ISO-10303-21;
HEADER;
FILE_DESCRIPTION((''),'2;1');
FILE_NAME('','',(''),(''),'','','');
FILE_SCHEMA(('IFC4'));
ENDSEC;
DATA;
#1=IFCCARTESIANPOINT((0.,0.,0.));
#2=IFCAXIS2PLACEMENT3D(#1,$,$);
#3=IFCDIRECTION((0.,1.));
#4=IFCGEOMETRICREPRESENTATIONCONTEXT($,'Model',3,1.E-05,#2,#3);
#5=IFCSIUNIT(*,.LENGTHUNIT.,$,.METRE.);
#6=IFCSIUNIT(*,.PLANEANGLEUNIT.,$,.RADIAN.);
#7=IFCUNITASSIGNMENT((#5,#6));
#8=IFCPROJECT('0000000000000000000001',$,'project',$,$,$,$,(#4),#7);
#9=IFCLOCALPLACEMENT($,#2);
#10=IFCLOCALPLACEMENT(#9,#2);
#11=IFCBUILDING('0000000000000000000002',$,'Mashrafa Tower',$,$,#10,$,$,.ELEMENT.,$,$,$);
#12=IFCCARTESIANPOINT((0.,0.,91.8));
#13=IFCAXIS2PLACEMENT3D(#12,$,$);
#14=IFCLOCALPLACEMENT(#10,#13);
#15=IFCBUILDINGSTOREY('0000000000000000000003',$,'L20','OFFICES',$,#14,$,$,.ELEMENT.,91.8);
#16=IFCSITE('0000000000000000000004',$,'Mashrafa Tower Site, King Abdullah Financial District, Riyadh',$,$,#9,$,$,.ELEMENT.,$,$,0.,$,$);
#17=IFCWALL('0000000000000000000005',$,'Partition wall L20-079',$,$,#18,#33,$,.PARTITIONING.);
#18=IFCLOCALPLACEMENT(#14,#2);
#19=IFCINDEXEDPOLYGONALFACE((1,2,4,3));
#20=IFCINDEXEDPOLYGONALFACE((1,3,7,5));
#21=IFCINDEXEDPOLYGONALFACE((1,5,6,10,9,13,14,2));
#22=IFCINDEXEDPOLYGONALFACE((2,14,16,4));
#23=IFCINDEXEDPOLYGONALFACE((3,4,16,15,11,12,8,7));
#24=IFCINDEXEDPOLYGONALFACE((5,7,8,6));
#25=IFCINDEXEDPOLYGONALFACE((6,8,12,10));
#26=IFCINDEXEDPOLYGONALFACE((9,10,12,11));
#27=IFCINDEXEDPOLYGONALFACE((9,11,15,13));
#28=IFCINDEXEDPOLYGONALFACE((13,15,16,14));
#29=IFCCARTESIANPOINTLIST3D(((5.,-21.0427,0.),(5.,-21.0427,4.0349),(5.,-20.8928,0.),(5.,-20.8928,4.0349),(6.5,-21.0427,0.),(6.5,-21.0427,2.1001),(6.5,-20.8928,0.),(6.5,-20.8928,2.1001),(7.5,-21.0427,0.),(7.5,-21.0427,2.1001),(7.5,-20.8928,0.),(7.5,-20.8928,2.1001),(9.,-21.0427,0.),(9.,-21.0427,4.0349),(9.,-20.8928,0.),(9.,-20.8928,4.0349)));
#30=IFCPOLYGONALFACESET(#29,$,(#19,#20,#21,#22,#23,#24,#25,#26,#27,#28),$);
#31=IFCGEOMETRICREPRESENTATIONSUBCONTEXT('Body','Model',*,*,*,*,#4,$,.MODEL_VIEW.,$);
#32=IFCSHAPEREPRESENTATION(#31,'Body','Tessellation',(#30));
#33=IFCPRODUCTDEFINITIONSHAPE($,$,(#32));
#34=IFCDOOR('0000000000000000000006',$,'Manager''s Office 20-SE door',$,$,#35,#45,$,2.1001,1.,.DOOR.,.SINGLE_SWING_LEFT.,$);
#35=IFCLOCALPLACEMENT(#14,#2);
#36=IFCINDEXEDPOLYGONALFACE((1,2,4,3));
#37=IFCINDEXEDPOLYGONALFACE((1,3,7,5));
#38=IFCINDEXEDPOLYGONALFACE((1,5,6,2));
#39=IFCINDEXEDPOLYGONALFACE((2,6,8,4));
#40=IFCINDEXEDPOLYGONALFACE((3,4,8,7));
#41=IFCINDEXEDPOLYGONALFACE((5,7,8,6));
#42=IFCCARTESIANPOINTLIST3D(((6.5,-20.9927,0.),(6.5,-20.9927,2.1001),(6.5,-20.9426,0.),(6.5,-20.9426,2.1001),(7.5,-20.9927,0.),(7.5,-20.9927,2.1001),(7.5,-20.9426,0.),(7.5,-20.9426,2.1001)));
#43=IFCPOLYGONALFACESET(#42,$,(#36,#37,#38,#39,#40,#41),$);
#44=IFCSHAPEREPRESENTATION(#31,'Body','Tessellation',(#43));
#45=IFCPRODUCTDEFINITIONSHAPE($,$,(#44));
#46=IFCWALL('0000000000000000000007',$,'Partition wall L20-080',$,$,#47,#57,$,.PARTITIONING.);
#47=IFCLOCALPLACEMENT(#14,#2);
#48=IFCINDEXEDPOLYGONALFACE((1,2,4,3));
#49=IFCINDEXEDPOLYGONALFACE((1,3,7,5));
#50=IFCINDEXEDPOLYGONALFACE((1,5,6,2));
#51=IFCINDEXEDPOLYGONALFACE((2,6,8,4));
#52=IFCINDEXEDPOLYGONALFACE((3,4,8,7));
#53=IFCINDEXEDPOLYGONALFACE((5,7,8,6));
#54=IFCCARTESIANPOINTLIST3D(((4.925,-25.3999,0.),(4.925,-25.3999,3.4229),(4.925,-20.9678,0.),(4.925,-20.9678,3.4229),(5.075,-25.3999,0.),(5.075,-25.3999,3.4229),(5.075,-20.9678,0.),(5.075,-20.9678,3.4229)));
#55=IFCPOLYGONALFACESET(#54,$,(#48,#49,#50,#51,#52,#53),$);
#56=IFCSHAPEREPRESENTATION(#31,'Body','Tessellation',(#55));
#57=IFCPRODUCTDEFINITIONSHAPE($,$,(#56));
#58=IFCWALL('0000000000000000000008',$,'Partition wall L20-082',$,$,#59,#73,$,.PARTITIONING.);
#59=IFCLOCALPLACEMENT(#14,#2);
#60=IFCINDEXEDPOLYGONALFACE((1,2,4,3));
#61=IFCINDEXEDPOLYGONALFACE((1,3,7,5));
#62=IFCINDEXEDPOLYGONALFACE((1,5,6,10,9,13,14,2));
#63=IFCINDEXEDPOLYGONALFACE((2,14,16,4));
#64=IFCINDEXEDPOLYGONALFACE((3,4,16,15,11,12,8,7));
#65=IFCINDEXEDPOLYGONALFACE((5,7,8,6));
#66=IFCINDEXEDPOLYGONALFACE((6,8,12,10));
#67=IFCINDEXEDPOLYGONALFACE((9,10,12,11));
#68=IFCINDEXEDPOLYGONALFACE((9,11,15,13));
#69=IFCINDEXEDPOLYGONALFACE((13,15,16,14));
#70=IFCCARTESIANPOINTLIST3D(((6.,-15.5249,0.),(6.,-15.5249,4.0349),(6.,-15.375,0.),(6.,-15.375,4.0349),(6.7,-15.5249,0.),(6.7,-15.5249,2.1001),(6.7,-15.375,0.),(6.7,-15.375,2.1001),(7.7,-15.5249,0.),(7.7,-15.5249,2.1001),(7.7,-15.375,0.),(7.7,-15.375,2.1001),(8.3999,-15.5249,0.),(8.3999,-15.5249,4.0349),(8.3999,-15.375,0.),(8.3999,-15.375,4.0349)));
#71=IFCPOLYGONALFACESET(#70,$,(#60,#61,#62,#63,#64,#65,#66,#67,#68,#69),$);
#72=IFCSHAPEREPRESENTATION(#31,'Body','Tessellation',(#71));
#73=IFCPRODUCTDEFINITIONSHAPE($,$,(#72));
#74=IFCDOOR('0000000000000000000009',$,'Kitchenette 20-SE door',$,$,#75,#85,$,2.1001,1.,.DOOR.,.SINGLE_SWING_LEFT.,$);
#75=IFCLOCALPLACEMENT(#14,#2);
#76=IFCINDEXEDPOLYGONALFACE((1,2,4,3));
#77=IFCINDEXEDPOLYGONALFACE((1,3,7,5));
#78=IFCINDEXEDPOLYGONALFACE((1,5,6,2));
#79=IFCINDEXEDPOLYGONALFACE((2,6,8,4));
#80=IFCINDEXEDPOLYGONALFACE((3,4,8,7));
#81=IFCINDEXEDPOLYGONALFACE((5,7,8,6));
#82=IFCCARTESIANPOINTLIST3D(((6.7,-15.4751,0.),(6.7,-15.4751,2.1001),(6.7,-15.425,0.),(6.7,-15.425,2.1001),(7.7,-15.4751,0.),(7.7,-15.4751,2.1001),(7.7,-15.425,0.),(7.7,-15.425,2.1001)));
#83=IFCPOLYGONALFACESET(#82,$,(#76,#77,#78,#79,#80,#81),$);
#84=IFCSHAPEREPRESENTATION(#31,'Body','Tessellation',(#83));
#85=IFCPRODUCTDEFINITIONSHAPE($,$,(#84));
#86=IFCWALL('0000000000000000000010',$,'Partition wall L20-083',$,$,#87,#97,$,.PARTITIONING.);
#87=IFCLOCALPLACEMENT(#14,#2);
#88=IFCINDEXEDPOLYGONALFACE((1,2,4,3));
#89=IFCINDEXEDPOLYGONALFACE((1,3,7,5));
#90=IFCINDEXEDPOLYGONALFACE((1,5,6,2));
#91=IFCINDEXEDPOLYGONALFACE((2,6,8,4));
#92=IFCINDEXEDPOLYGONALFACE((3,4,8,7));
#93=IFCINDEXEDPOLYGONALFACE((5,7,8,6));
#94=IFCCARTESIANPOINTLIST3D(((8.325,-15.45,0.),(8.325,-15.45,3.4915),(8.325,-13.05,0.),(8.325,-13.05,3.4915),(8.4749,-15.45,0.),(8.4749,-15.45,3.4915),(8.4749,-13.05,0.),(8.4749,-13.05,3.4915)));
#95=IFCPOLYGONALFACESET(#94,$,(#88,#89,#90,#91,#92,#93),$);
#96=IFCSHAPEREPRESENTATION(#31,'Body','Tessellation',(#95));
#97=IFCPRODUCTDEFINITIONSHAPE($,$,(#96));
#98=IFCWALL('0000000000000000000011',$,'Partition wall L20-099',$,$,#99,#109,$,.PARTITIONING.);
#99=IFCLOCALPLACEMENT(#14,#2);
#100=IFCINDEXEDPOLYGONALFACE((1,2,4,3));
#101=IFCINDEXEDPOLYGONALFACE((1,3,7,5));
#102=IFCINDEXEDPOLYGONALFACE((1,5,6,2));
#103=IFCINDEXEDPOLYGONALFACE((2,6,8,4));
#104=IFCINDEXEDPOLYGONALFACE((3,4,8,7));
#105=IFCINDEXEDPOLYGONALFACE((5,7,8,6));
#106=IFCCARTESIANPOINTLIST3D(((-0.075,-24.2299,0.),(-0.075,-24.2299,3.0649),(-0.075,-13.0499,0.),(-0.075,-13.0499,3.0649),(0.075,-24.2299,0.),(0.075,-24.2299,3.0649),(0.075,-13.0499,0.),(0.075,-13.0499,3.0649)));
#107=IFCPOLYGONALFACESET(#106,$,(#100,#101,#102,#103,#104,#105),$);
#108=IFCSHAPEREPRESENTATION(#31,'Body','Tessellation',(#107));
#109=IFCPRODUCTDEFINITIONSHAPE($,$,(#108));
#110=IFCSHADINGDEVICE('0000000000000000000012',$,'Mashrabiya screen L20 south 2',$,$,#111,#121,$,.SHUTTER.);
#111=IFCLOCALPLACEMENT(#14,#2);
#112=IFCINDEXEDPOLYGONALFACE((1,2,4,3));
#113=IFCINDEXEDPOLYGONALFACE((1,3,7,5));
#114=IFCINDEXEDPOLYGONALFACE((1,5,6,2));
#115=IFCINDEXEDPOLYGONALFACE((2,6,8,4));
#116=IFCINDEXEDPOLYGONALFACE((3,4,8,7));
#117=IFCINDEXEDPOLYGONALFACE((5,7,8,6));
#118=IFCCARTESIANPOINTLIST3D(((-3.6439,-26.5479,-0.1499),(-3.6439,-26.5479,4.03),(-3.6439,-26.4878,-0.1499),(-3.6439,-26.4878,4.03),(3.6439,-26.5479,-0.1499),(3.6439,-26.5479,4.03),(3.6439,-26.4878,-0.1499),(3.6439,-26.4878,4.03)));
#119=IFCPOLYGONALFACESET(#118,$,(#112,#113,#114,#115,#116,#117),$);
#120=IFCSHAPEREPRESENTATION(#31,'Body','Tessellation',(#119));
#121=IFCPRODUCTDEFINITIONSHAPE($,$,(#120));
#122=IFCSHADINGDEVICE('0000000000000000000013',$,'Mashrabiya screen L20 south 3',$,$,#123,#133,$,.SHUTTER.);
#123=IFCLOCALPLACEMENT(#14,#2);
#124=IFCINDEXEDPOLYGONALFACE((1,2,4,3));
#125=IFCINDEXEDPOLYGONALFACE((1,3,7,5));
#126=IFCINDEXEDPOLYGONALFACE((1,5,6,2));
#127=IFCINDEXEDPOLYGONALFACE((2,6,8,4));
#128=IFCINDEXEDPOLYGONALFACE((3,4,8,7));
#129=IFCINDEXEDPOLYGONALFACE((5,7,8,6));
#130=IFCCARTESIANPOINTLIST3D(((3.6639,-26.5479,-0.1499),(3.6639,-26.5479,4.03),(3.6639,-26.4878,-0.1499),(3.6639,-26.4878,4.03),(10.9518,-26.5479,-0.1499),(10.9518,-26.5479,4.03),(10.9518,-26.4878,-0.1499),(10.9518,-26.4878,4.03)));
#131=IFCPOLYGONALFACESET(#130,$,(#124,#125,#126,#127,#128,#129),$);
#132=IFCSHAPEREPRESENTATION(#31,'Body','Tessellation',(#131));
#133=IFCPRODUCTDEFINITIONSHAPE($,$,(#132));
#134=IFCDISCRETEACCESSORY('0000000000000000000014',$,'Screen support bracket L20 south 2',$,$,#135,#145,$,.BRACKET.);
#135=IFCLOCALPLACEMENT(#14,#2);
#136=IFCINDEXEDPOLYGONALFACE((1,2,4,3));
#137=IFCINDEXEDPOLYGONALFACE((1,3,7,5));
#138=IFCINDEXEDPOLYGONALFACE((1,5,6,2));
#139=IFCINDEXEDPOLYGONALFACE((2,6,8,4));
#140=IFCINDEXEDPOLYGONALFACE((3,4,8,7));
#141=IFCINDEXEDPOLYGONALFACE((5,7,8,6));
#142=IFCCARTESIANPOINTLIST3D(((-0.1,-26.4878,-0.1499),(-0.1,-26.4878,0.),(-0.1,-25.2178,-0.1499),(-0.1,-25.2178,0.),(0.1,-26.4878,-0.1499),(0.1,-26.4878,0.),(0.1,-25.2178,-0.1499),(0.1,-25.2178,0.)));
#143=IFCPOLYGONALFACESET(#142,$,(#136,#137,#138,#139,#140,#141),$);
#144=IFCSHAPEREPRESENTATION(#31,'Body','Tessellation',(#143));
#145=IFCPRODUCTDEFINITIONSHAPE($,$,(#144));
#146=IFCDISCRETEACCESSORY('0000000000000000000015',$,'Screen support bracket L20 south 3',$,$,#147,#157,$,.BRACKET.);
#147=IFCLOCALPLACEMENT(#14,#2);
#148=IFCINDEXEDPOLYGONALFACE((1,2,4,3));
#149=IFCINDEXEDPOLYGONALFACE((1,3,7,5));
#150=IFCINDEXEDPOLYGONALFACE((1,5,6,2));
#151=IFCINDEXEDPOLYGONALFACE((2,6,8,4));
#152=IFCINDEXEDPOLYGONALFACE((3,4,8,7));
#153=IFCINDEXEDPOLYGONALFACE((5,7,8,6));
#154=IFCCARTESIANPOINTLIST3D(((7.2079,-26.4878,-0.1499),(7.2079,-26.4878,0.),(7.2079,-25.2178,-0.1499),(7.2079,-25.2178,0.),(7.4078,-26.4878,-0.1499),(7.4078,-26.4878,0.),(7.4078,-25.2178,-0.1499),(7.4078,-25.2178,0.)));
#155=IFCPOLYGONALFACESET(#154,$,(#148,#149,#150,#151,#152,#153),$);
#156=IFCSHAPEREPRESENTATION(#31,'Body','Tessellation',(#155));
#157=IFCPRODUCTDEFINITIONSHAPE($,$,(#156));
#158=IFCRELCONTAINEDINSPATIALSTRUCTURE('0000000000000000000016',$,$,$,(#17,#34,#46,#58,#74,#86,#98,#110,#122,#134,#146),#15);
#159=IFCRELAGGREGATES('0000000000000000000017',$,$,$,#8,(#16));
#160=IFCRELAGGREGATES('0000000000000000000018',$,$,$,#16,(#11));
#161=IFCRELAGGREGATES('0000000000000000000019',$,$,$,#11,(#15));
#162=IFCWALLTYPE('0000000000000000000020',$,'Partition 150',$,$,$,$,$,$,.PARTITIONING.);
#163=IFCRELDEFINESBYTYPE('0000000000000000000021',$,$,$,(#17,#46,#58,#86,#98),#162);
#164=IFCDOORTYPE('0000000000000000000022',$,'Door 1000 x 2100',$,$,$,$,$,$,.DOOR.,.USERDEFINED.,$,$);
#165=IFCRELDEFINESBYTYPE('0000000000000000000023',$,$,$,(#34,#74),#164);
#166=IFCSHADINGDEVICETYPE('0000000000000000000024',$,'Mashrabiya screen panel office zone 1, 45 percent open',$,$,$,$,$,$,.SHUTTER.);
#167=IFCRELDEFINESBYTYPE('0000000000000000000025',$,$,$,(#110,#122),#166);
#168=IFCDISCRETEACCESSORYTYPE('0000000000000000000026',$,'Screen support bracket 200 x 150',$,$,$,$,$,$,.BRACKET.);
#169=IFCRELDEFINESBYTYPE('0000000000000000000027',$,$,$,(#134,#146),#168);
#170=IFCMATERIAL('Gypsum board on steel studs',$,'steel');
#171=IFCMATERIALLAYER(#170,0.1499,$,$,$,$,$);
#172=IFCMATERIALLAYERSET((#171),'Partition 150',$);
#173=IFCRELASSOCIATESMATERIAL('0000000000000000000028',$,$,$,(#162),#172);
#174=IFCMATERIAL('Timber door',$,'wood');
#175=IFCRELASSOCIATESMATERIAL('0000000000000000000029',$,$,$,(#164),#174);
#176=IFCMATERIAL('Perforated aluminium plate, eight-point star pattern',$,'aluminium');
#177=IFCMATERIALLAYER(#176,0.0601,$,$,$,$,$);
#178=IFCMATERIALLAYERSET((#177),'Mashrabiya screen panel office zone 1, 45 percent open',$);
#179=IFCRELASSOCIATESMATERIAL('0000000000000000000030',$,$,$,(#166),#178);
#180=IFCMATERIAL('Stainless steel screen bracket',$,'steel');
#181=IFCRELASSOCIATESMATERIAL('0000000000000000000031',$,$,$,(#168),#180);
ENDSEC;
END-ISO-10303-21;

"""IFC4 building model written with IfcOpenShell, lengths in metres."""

from ifc_helpers import new_model, si_unit, direction, frame, frame_2d, origin, origin_2d, place, context, subcontext, project, spatial, rectangle, extrude, source, transform, mapped, material, layer, layer_set, type_object, type_shapes, element, fill, save


model = new_model("IFC4")

# Units and contexts
model_context = context("Model", 3, precision=1e-05, world=origin(), true_north=direction((0.0, 1.0)))
body_context = subcontext(model_context, "Body", "Model", "MODEL_VIEW")
ifc_project = project(units=[si_unit("LENGTHUNIT", "METRE"), si_unit("PLANEANGLEUNIT", "RADIAN")], contexts=[model_context])

# Site, building, storey
site_placement = place(None, origin())
site = spatial("IfcSite", under=ifc_project, at=site_placement, Name="Mashrafa Tower Site, King Abdullah Financial District, Riyadh", CompositionType="ELEMENT", RefElevation=0.0)
building_placement = place(site_placement, origin())
building = spatial("IfcBuilding", under=site, at=building_placement, Name="Mashrafa Tower", CompositionType="ELEMENT")
storey_placement = place(building_placement, frame((0.0, 0.0, 91.8)))
storey = spatial("IfcBuildingStorey", under=building, at=storey_placement, Name="L20", Description="OFFICES", CompositionType="ELEMENT", Elevation=91.8)

# Shared definitions
ifc_material_1 = material(Name="Gypsum board on steel studs", Category="steel")
ifc_layer_1 = layer(ifc_material_1, 0.1499)
ifc_layer_set_1 = layer_set([ifc_layer_1], Name="Partition 150")
wall_type_1 = type_object("IfcWallType", Name="Partition 150", PredefinedType="PARTITIONING", material=ifc_layer_set_1)

# Wall, opening, door
wall_1_placement = place(storey_placement, frame((9.0, -20.9678, 0.0), z_axis=(0.0, 0.0, 1.0), x_axis=(-1.0, 0.0, 0.0)))
wall_1 = element("IfcWall", 1, at=wall_1_placement, inside=storey, type_object=wall_type_1, Name="Partition wall L20-079", PredefinedType="PARTITIONING", context=body_context, shape_type="SweptSolid", body=[
    extrude(rectangle(XDim=4.0, YDim=0.1499, at=frame_2d((2.0, 0.0))), origin(), (0.0, 0.0, 1.0), 4.0349),
])
opening_1_placement = place(wall_1_placement, frame((1.5, 0.0, 0.0)))
opening_1 = element("IfcOpeningElement", 2, at=opening_1_placement, cuts=wall_1, PredefinedType="OPENING", context=body_context, shape_type="SweptSolid", body=[
    extrude(rectangle(XDim=1.0, YDim=2.1001, at=frame_2d((0.5, 1.05))), frame((0.0, 0.085, 0.0), z_axis=(0.0, -1.0, 0.0), x_axis=(1.0, 0.0, 0.0)), (0.0, 0.0, 1.0), 0.1699),
])
ifc_material_2 = material(Name="Timber door", Category="wood")
door_type = type_object("IfcDoorType", Name="Door 1000 x 2100", OperationType="USERDEFINED", PredefinedType="DOOR", material=ifc_material_2)
door_1_placement = place(opening_1_placement, origin())
door_1 = element("IfcDoor", 3, at=door_1_placement, inside=storey, type_object=door_type, Name="Manager's Office 20-SE door", OperationType="SINGLE_SWING_LEFT", OverallHeight=2.1001, OverallWidth=1.0, PredefinedType="DOOR", context=body_context, shape_type="SweptSolid", body=[
    extrude(rectangle(XDim=1.0, YDim=2.1001, at=frame_2d((0.5, 1.05))), frame((0.0, 0.0249, 0.0), z_axis=(0.0, -1.0, 0.0), x_axis=(1.0, 0.0, 0.0)), (0.0, 0.0, 1.0), 0.05),
])
fill(opening_1, door_1)

# Wall
wall_2_placement = place(storey_placement, frame((5.0, -20.9678, 0.0), z_axis=(0.0, 0.0, 1.0), x_axis=(0.0, -1.0, 0.0)))
element("IfcWall", 4, at=wall_2_placement, inside=storey, type_object=wall_type_1, Name="Partition wall L20-080", PredefinedType="PARTITIONING", context=body_context, shape_type="SweptSolid", body=[
    extrude(rectangle(XDim=4.4321, YDim=0.1499, at=frame_2d((2.2161, 0.0))), origin(), (0.0, 0.0, 1.0), 3.4229),
])

# Wall, opening, door
wall_3_placement = place(storey_placement, frame((6.0, -15.45, 0.0), z_axis=(0.0, 0.0, 1.0), x_axis=(1.0, 0.0, 0.0)))
wall_3 = element("IfcWall", 5, at=wall_3_placement, inside=storey, type_object=wall_type_1, Name="Partition wall L20-082", PredefinedType="PARTITIONING", context=body_context, shape_type="SweptSolid", body=[
    extrude(rectangle(XDim=2.3999, YDim=0.1499, at=frame_2d((1.2, 0.0))), origin(), (0.0, 0.0, 1.0), 4.0349),
])
opening_2_placement = place(wall_3_placement, frame((0.7, 0.0, 0.0)))
opening_2 = element("IfcOpeningElement", 6, at=opening_2_placement, cuts=wall_3, PredefinedType="OPENING", context=body_context, shape_type="SweptSolid", body=[
    extrude(rectangle(XDim=1.0, YDim=2.1001, at=frame_2d((0.5, 1.05))), frame((0.0, 0.085, 0.0), z_axis=(0.0, -1.0, 0.0), x_axis=(1.0, 0.0, 0.0)), (0.0, 0.0, 1.0), 0.1699),
])
door_2_placement = place(opening_2_placement, origin())
door_2 = element("IfcDoor", 7, at=door_2_placement, inside=storey, type_object=door_type, Name="Kitchenette 20-SE door", OperationType="SINGLE_SWING_LEFT", OverallHeight=2.1001, OverallWidth=1.0, PredefinedType="DOOR", context=body_context, shape_type="SweptSolid", body=[
    extrude(rectangle(XDim=1.0, YDim=2.1001, at=frame_2d((0.5, 1.05))), frame((0.0, 0.0249, 0.0), z_axis=(0.0, -1.0, 0.0), x_axis=(1.0, 0.0, 0.0)), (0.0, 0.0, 1.0), 0.05),
])
fill(opening_2, door_2)

# Walls
wall_4_placement = place(storey_placement, frame((8.3999, -15.45, 0.0), z_axis=(0.0, 0.0, 1.0), x_axis=(0.0, 1.0, 0.0)))
element("IfcWall", 8, at=wall_4_placement, inside=storey, type_object=wall_type_1, Name="Partition wall L20-083", PredefinedType="PARTITIONING", context=body_context, shape_type="SweptSolid", body=[
    extrude(rectangle(XDim=2.3999, YDim=0.1499, at=frame_2d((1.2, 0.0))), origin(), (0.0, 0.0, 1.0), 3.4915),
])
wall_5_placement = place(storey_placement, frame((0.0, -13.05, 0.0), z_axis=(0.0, 0.0, 1.0), x_axis=(0.0, -1.0, 0.0)))
element("IfcWall", 9, at=wall_5_placement, inside=storey, type_object=wall_type_1, Name="Partition wall L20-099", PredefinedType="PARTITIONING", context=body_context, shape_type="SweptSolid", body=[
    extrude(rectangle(XDim=11.1799, YDim=0.1499, at=frame_2d((5.5898, 0.0))), origin(), (0.0, 0.0, 1.0), 3.0649),
])

# Shading devices
ifc_material_3 = material(Name="Perforated aluminium plate, eight-point star pattern", Category="aluminium")
ifc_layer_2 = layer(ifc_material_3, 0.0601)
ifc_layer_set_2 = layer_set([ifc_layer_2], Name="Mashrabiya screen panel office zone 1, 45 percent open")
shading_device_type = type_object("IfcShadingDeviceType", Name="Mashrabiya screen panel office zone 1, 45 percent open", PredefinedType="SHUTTER", material=ifc_layer_set_2)
shared_shape_1 = source(origin(), body_context, "Body", "SweptSolid", [
    extrude(rectangle(XDim=7.2878, YDim=0.0601, at=origin_2d()), origin(), (0.0, 0.0, 1.0), 4.1799),
])
type_shapes(shading_device_type, [shared_shape_1])
for number, where, z_axis, x_axis, name in (
    (10, (0.0, -26.5178, -0.1499), (0.0, 0.0, 1.0), (1.0, 0.0, 0.0), "Mashrabiya screen L20 south 2"),
    (11, (7.3079, -26.5178, -0.1499), (0.0, 0.0, 1.0), (1.0, 0.0, 0.0), "Mashrabiya screen L20 south 3"),
):
    element("IfcShadingDevice", number, at=place(storey_placement, frame(where, z_axis=z_axis, x_axis=x_axis)), inside=storey, type_object=shading_device_type, Name=name, PredefinedType="SHUTTER", context=body_context, shape_type="MappedRepresentation", body=[
        mapped(shared_shape_1, transform((0.0, 0.0, 0.0))),
    ])

# Discrete accessories
ifc_material_4 = material(Name="Stainless steel screen bracket", Category="steel")
discrete_accessory_type = type_object("IfcDiscreteAccessoryType", Name="Screen support bracket 200 x 150", PredefinedType="BRACKET", material=ifc_material_4)
shared_shape_2 = source(origin(), body_context, "Body", "SweptSolid", [
    extrude(rectangle(XDim=0.2, YDim=1.27, at=origin_2d()), origin(), (0.0, 0.0, 1.0), 0.1499),
])
type_shapes(discrete_accessory_type, [shared_shape_2])
for number, where, z_axis, x_axis, name in (
    (12, (0.0, -25.8528, -0.1499), (0.0, 0.0, 1.0), (1.0, 0.0, 0.0), "Screen support bracket L20 south 2"),
    (13, (7.3079, -25.8528, -0.1499), (0.0, 0.0, 1.0), (1.0, 0.0, 0.0), "Screen support bracket L20 south 3"),
):
    element("IfcDiscreteAccessory", number, at=place(storey_placement, frame(where, z_axis=z_axis, x_axis=x_axis)), inside=storey, type_object=discrete_accessory_type, Name=name, PredefinedType="BRACKET", context=body_context, shape_type="MappedRepresentation", body=[
        mapped(shared_shape_2, transform((0.0, 0.0, 0.0))),
    ])

save(model, "model.ifc")
